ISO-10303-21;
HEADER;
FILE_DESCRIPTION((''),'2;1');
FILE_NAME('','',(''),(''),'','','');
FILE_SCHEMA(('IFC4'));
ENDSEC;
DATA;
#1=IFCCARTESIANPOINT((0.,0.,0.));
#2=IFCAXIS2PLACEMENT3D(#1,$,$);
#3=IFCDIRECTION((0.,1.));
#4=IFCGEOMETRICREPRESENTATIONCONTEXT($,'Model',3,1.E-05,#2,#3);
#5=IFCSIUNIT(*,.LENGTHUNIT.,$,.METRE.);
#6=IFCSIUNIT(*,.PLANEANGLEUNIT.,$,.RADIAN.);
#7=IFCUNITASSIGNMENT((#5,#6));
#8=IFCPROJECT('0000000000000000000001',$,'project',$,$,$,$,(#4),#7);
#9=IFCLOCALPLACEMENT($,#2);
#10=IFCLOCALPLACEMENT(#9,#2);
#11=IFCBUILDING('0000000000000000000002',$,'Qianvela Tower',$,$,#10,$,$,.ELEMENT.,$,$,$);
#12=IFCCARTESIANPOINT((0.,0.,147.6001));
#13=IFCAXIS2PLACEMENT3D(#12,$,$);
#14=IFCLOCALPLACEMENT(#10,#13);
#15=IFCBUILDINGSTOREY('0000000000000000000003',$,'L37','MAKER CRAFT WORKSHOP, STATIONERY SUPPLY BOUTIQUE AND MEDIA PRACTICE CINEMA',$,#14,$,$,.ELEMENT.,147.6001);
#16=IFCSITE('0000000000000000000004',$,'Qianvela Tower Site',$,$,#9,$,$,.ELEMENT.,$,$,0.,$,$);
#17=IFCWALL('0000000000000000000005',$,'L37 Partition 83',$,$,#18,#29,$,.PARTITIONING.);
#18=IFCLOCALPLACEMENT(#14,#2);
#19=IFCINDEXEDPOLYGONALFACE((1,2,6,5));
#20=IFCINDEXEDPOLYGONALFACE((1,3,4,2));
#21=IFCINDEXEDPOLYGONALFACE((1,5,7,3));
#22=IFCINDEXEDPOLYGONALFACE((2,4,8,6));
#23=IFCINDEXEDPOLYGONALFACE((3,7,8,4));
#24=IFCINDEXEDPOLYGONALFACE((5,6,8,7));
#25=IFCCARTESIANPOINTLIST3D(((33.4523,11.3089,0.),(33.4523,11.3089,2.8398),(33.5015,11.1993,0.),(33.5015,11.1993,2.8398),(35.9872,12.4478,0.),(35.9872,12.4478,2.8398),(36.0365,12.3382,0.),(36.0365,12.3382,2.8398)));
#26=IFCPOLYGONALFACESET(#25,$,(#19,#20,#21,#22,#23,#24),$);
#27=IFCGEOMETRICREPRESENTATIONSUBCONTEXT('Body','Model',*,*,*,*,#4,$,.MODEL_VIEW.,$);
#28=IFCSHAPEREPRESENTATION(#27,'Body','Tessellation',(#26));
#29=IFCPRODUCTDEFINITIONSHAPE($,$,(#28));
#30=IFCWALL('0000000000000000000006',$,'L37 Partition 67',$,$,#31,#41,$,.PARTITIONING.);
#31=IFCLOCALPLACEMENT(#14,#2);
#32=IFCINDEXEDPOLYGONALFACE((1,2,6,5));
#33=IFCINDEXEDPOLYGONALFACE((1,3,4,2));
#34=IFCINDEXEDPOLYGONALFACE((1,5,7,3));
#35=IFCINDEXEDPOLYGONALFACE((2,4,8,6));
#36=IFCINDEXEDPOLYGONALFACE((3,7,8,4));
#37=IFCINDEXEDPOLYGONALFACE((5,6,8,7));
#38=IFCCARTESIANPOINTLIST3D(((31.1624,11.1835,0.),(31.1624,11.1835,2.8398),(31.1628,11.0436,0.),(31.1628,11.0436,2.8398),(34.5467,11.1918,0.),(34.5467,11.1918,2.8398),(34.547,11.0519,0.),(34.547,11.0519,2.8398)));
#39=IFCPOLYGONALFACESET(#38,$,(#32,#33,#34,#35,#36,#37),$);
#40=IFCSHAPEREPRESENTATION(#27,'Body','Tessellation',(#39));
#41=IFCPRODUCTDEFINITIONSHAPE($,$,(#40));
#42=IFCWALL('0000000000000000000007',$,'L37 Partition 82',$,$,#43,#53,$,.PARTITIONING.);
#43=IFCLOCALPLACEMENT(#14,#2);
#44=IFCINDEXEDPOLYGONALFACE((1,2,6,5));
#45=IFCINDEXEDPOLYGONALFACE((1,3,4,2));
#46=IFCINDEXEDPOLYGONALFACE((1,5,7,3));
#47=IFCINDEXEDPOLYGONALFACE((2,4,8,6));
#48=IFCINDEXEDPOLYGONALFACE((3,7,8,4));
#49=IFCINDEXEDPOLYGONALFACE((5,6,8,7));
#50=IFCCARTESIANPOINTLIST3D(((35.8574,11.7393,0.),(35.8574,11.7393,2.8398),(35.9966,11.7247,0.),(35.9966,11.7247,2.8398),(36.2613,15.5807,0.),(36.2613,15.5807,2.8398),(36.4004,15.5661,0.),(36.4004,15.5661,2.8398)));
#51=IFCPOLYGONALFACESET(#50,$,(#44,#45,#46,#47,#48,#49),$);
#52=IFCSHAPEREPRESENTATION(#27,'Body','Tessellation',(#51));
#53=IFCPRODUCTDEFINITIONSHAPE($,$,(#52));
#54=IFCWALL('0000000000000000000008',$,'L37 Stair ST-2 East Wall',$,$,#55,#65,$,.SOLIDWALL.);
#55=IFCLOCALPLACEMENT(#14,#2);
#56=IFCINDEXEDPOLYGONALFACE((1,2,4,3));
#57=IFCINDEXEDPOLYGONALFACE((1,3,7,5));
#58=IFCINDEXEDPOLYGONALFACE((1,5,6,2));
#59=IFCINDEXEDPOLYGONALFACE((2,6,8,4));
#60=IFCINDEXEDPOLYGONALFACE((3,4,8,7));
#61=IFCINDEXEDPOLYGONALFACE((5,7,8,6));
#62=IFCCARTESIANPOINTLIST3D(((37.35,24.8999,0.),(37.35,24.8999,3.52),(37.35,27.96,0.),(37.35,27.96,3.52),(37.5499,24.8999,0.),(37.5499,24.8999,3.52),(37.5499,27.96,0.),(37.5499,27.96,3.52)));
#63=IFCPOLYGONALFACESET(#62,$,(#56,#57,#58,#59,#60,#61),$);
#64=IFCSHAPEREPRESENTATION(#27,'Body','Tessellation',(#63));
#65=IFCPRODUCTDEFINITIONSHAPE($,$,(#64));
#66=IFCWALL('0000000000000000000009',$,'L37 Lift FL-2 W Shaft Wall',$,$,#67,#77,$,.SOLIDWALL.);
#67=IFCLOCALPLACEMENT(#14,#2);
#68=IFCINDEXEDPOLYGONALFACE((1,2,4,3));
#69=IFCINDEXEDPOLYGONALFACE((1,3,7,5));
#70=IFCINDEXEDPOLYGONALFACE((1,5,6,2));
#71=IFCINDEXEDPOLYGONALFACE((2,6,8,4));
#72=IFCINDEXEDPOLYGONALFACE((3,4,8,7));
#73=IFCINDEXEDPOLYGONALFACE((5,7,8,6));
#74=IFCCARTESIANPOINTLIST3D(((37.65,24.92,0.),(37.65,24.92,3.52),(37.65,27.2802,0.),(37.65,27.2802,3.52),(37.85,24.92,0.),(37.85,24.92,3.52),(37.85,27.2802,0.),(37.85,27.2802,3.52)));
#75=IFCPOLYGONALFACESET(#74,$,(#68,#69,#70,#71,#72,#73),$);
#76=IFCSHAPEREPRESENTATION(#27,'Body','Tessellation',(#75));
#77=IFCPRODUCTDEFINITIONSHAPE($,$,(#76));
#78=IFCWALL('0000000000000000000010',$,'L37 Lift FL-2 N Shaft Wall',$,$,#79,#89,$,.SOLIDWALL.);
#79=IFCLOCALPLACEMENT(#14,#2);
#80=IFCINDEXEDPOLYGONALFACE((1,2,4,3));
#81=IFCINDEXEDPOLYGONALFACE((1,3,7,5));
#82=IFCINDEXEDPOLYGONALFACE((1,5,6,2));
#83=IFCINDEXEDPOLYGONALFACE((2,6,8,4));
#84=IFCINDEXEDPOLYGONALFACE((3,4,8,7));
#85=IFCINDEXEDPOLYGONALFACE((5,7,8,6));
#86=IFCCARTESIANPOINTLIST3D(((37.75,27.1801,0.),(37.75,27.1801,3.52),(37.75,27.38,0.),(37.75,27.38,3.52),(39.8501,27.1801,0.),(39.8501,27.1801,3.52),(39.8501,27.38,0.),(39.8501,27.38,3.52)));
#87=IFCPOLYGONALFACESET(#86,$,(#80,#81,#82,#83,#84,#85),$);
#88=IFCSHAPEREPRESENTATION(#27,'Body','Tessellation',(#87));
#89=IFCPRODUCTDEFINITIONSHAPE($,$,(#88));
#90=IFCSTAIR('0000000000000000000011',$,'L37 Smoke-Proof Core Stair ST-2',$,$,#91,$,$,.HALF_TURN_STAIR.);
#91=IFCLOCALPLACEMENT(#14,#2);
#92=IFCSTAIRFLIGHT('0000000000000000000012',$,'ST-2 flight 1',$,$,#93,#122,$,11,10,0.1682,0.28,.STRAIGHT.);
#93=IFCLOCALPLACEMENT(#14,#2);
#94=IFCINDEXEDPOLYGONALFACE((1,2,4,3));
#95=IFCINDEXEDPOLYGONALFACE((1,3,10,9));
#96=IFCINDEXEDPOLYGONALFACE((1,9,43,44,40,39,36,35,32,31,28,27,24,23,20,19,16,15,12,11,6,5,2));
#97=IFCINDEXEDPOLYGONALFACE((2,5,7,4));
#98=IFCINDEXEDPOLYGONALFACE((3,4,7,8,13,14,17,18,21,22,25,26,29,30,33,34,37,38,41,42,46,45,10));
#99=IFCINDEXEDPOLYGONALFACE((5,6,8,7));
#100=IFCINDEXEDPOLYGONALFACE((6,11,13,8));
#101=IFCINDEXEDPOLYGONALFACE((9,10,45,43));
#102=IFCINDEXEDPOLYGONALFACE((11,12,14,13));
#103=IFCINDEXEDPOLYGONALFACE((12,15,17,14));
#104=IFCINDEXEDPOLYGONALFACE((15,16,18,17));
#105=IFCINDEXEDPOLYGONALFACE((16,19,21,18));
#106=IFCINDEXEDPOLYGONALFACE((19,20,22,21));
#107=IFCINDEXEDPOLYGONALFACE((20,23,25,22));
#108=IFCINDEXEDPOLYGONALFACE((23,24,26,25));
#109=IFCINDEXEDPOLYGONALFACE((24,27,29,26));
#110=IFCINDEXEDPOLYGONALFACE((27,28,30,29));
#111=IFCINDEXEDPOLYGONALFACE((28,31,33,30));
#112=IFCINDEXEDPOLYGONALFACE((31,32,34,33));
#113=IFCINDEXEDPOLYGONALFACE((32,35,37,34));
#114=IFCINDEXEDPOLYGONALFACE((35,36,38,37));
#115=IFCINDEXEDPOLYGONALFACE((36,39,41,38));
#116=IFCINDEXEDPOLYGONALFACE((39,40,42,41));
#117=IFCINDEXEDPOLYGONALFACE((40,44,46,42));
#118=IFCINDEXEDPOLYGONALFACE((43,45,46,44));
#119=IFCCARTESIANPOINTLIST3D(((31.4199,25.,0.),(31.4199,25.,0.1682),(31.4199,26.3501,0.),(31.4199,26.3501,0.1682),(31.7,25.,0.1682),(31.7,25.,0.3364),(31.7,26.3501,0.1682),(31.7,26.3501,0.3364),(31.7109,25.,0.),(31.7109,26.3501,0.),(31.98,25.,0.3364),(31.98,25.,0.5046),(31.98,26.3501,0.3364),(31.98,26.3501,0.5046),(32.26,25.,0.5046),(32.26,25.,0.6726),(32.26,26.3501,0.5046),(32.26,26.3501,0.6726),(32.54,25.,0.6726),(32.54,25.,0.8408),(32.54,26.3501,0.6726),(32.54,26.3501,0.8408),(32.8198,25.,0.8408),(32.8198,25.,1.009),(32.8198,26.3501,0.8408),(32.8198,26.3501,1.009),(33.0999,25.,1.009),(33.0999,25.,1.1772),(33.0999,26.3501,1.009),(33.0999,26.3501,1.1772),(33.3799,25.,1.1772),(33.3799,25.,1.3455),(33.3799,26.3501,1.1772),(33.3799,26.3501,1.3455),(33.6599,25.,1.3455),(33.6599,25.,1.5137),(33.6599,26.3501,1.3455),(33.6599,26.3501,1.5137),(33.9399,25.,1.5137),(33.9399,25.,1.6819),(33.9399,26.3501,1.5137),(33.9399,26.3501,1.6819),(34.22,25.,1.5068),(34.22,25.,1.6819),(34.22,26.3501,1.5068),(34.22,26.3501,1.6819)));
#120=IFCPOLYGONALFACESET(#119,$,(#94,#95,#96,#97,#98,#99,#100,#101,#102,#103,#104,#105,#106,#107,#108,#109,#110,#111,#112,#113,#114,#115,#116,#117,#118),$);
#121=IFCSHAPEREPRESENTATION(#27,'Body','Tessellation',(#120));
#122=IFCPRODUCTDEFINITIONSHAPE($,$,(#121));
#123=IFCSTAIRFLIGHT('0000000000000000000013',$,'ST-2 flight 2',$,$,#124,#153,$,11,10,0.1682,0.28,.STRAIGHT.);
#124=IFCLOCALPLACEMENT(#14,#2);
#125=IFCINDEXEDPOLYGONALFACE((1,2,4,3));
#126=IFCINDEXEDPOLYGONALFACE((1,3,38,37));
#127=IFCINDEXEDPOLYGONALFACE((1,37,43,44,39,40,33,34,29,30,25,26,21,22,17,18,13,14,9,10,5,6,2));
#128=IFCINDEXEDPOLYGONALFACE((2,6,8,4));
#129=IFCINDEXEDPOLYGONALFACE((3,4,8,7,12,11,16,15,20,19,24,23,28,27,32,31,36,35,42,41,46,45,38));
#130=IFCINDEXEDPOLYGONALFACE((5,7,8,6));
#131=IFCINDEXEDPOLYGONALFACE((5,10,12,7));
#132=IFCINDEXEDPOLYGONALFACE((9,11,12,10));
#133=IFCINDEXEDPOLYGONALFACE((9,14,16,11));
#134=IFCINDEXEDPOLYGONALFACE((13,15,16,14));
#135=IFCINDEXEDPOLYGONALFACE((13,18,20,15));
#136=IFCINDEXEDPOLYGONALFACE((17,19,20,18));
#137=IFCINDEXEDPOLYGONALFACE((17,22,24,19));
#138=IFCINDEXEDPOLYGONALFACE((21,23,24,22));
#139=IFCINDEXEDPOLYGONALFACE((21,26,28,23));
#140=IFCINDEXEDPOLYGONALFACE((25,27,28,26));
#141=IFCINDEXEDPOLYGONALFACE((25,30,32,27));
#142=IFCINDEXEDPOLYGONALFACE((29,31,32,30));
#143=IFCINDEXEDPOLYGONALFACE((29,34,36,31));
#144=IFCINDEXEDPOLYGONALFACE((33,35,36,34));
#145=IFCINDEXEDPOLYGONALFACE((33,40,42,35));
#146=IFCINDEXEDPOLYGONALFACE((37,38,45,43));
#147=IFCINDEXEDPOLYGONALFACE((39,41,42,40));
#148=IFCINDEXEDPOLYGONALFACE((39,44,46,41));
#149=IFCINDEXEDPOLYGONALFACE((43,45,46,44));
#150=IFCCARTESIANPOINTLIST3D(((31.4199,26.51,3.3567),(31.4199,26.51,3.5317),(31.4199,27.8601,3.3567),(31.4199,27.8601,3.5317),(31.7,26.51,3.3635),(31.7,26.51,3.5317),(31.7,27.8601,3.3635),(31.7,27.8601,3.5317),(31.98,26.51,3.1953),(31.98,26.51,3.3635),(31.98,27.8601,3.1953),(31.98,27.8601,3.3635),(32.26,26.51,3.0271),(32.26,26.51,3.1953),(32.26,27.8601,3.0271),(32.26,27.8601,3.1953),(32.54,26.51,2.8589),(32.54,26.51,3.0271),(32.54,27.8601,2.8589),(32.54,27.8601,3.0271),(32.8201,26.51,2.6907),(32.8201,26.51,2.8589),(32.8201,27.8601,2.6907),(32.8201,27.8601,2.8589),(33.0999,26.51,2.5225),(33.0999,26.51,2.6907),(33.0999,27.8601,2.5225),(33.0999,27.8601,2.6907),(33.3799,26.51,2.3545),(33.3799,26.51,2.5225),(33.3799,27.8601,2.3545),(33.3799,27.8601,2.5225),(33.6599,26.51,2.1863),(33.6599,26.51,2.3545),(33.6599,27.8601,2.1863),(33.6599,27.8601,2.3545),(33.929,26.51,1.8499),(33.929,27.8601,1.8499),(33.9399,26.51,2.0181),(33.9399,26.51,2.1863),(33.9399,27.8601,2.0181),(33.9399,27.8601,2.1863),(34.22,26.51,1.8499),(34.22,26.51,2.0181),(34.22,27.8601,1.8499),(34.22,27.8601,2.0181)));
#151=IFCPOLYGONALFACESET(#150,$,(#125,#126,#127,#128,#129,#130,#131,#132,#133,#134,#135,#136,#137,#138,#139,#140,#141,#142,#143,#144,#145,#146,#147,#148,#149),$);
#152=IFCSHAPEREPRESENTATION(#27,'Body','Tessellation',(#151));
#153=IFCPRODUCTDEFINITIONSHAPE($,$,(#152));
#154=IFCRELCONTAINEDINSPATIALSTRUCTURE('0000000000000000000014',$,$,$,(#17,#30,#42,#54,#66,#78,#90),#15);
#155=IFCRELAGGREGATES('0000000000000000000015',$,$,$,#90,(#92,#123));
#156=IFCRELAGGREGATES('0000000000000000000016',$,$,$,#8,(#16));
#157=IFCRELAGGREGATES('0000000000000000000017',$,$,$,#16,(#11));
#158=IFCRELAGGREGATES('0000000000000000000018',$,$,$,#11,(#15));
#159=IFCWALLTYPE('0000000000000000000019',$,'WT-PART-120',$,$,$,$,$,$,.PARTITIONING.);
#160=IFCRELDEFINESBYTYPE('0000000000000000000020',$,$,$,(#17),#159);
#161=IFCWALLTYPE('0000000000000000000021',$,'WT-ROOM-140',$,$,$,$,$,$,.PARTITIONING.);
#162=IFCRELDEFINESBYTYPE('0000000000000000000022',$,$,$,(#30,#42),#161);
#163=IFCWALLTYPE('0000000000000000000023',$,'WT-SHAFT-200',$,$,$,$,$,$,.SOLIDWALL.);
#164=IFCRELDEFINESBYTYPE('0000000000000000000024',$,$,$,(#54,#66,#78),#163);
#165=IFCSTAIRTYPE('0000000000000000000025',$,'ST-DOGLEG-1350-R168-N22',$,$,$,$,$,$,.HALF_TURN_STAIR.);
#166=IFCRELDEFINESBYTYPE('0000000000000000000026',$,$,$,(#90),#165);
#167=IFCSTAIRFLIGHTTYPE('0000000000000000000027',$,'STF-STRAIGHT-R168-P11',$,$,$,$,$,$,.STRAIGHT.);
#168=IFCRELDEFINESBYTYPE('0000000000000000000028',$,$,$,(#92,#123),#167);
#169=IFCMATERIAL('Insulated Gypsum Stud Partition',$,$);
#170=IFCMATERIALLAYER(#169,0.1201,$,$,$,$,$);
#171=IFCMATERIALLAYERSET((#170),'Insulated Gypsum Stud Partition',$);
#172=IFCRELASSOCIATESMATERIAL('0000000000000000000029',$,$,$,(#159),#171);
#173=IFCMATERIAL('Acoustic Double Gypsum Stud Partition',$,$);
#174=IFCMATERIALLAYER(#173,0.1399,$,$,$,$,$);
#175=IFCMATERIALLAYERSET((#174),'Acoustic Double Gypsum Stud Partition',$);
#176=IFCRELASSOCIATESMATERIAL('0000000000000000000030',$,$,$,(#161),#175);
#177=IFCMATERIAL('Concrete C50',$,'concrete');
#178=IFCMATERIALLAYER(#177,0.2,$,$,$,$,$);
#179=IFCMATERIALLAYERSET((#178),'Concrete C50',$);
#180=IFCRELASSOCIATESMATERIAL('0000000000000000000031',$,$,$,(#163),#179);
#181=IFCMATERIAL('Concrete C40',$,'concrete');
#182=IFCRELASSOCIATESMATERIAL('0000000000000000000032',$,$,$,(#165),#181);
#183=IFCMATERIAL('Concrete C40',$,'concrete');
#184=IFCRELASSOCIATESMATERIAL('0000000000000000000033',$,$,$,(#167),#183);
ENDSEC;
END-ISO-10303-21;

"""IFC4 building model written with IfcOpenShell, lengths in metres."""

from ifc_helpers import new_model, si_unit, direction, frame, frame_2d, origin, place, context, subcontext, project, spatial, polyline, rectangle, outline, extrude, material, layer, layer_set, type_object, element, aggregate, save


model = new_model("IFC4")

# Units and contexts
model_context = context("Model", 3, precision=1e-05, world=origin(), true_north=direction((0.0, 1.0)))
body_context = subcontext(model_context, "Body", "Model", "MODEL_VIEW")
ifc_project = project(units=[si_unit("LENGTHUNIT", "METRE"), si_unit("PLANEANGLEUNIT", "RADIAN")], contexts=[model_context])

# Site, building, storey
site_placement = place(None, origin())
site = spatial("IfcSite", under=ifc_project, at=site_placement, Name="Qianvela Tower Site", CompositionType="ELEMENT", RefElevation=0.0)
building_placement = place(site_placement, origin())
building = spatial("IfcBuilding", under=site, at=building_placement, Name="Qianvela Tower", CompositionType="ELEMENT")
storey_placement = place(building_placement, frame((0.0, 0.0, 147.6001)))
storey = spatial("IfcBuildingStorey", under=building, at=storey_placement, Name="L37", Description="MAKER CRAFT WORKSHOP, STATIONERY SUPPLY BOUTIQUE AND MEDIA PRACTICE CINEMA", CompositionType="ELEMENT", Elevation=147.6001)

# Walls
ifc_material_1 = material(Name="Insulated Gypsum Stud Partition")
ifc_layer_1 = layer(ifc_material_1, 0.1201)
ifc_layer_set_1 = layer_set([ifc_layer_1], Name="Insulated Gypsum Stud Partition")
wall_type_1 = type_object("IfcWallType", Name="WT-PART-120", PredefinedType="PARTITIONING", material=ifc_layer_set_1)
wall_1_placement = place(storey_placement, frame((36.012, 12.3931, 0.0), z_axis=(0.0, 0.0, 1.0), x_axis=(-0.912163, -0.409828, 0.0)))
element("IfcWall", 1, at=wall_1_placement, inside=storey, type_object=wall_type_1, Name="L37 Partition 83", PredefinedType="PARTITIONING", context=body_context, shape_type="SweptSolid", body=[
    extrude(rectangle(XDim=2.7791, YDim=0.1201, at=frame_2d((1.3896, 0.0))), origin(), (0.0, 0.0, 1.0), 2.8398),
])
ifc_material_2 = material(Name="Acoustic Double Gypsum Stud Partition")
ifc_layer_2 = layer(ifc_material_2, 0.1399)
ifc_layer_set_2 = layer_set([ifc_layer_2], Name="Acoustic Double Gypsum Stud Partition")
wall_type_2 = type_object("IfcWallType", Name="WT-ROOM-140", PredefinedType="PARTITIONING", material=ifc_layer_set_2)
wall_2_placement = place(storey_placement, frame((34.5469, 11.1218, 0.0), z_axis=(0.0, 0.0, 1.0), x_axis=(-0.999997, -0.002453, 0.0)))
element("IfcWall", 2, at=wall_2_placement, inside=storey, type_object=wall_type_2, Name="L37 Partition 67", PredefinedType="PARTITIONING", context=body_context, shape_type="SweptSolid", body=[
    extrude(rectangle(XDim=3.3843, YDim=0.1399, at=frame_2d((1.6921, 0.0))), origin(), (0.0, 0.0, 1.0), 2.8398),
])
wall_3_placement = place(storey_placement, frame((36.3308, 15.5732, 0.0), z_axis=(0.0, 0.0, 1.0), x_axis=(-0.104547, -0.99452, 0.0)))
element("IfcWall", 3, at=wall_3_placement, inside=storey, type_object=wall_type_2, Name="L37 Partition 82", PredefinedType="PARTITIONING", context=body_context, shape_type="SweptSolid", body=[
    extrude(rectangle(XDim=3.8625, YDim=0.1399, at=frame_2d((1.9312, 0.0))), origin(), (0.0, 0.0, 1.0), 2.8398),
])
ifc_material_3 = material(Name="Concrete C50", Category="concrete")
ifc_layer_3 = layer(ifc_material_3, 0.2)
ifc_layer_set_3 = layer_set([ifc_layer_3], Name="Concrete C50")
wall_type_3 = type_object("IfcWallType", Name="WT-SHAFT-200", PredefinedType="SOLIDWALL", material=ifc_layer_set_3)
wall_4_placement = place(storey_placement, frame((37.45, 24.8999, 0.0), z_axis=(0.0, 0.0, 1.0), x_axis=(0.0, 1.0, 0.0)))
element("IfcWall", 4, at=wall_4_placement, inside=storey, type_object=wall_type_3, Name="L37 Stair ST-2 East Wall", PredefinedType="SOLIDWALL", context=body_context, shape_type="SweptSolid", body=[
    extrude(rectangle(XDim=3.0601, YDim=0.2, at=frame_2d((1.53, 0.0))), origin(), (0.0, 0.0, 1.0), 3.52),
])

# Walls
wall_5_placement = place(storey_placement, frame((37.75, 24.9199, 0.0), z_axis=(0.0, 0.0, 1.0), x_axis=(0.0, 1.0, 0.0)))
element("IfcWall", 5, at=wall_5_placement, inside=storey, type_object=wall_type_3, Name="L37 Lift FL-2 W Shaft Wall", PredefinedType="SOLIDWALL", context=body_context, shape_type="SweptSolid", body=[
    extrude(rectangle(XDim=2.3601, YDim=0.2, at=frame_2d((1.1802, 0.0))), origin(), (0.0, 0.0, 1.0), 3.52),
])
wall_6_placement = place(storey_placement, frame((37.75, 27.28, 0.0), z_axis=(0.0, 0.0, 1.0), x_axis=(1.0, 0.0, 0.0)))
element("IfcWall", 6, at=wall_6_placement, inside=storey, type_object=wall_type_3, Name="L37 Lift FL-2 N Shaft Wall", PredefinedType="SOLIDWALL", context=body_context, shape_type="SweptSolid", body=[
    extrude(rectangle(XDim=2.1001, YDim=0.2, at=frame_2d((1.05, 0.0))), origin(), (0.0, 0.0, 1.0), 3.52),
])

# Stair, stair flights
ifc_material_4 = material(Name="Concrete C40", Category="concrete")
stair_type = type_object("IfcStairType", Name="ST-DOGLEG-1350-R168-N22", PredefinedType="HALF_TURN_STAIR", material=ifc_material_4)
stair_placement = place(storey_placement, origin())
stair = element("IfcStair", 7, at=stair_placement, inside=storey, type_object=stair_type, Name="L37 Smoke-Proof Core Stair ST-2", PredefinedType="HALF_TURN_STAIR")
ifc_material_5 = material(Name="Concrete C40", Category="concrete")
stair_flight_type = type_object("IfcStairFlightType", Name="STF-STRAIGHT-R168-P11", PredefinedType="STRAIGHT", material=ifc_material_5)
stair_flight_1_placement = place(storey_placement, frame((31.4199, 25.675, 0.0), z_axis=(0.0, 0.0, 1.0), x_axis=(1.0, 0.0, 0.0)))
stair_flight_1 = element("IfcStairFlight", 8, at=stair_flight_1_placement, type_object=stair_flight_type, Name="ST-2 flight 1", NumberOfRisers=11, NumberOfTreads=10, PredefinedType="STRAIGHT", RiserHeight=0.1682, TreadLength=0.28, context=body_context, shape_type="SweptSolid", body=[
    extrude(outline(polyline([(0.0, 0.0), (0.0, 0.1682), (0.28, 0.1682), (0.28, 0.3364), (0.5601, 0.3364), (0.5601, 0.5046), (0.8401, 0.5046), (0.8401, 0.6726), (1.1201, 0.6726), (1.1201, 0.8408), (1.3999, 0.8408), (1.3999, 1.009), (1.6799, 1.009), (1.6799, 1.1772), (1.96, 1.1772), (1.96, 1.3455), (2.24, 1.3455), (2.24, 1.5137), (2.52, 1.5137), (2.52, 1.6819), (2.8, 1.6819), (2.8, 1.8501), (2.8, 1.5068), (0.291, 0.0), (0.0, 0.0)])), frame((0.0, 0.675, 0.0), z_axis=(0.0, -1.0, 0.0), x_axis=(1.0, 0.0, 0.0)), (0.0, 0.0, 1.0), 1.3501),
])
stair_flight_2_placement = place(storey_placement, frame((34.22, 27.1851, 1.8499), z_axis=(0.0, 0.0, 1.0), x_axis=(-1.0, 0.0, 0.0)))
stair_flight_2 = element("IfcStairFlight", 9, at=stair_flight_2_placement, type_object=stair_flight_type, Name="ST-2 flight 2", NumberOfRisers=11, NumberOfTreads=10, PredefinedType="STRAIGHT", RiserHeight=0.1682, TreadLength=0.28, context=body_context, shape_type="SweptSolid", body=[
    extrude(outline(polyline([(0.0, 0.0), (0.0, 0.1682), (0.28, 0.1682), (0.28, 0.3364), (0.5601, 0.3364), (0.5601, 0.5046), (0.8401, 0.5046), (0.8401, 0.6726), (1.1201, 0.6726), (1.1201, 0.8408), (1.3999, 0.8408), (1.3999, 1.009), (1.6799, 1.009), (1.6799, 1.1772), (1.96, 1.1772), (1.96, 1.3455), (2.24, 1.3455), (2.24, 1.5137), (2.52, 1.5137), (2.52, 1.6819), (2.8, 1.6819), (2.8, 1.8501), (2.8, 1.5068), (0.291, 0.0), (0.0, 0.0)])), frame((0.0, 0.675, 0.0), z_axis=(0.0, -1.0, 0.0), x_axis=(1.0, 0.0, 0.0)), (0.0, 0.0, 1.0), 1.3501),
])
aggregate(stair, [stair_flight_1, stair_flight_2])

save(model, "model.ifc")
